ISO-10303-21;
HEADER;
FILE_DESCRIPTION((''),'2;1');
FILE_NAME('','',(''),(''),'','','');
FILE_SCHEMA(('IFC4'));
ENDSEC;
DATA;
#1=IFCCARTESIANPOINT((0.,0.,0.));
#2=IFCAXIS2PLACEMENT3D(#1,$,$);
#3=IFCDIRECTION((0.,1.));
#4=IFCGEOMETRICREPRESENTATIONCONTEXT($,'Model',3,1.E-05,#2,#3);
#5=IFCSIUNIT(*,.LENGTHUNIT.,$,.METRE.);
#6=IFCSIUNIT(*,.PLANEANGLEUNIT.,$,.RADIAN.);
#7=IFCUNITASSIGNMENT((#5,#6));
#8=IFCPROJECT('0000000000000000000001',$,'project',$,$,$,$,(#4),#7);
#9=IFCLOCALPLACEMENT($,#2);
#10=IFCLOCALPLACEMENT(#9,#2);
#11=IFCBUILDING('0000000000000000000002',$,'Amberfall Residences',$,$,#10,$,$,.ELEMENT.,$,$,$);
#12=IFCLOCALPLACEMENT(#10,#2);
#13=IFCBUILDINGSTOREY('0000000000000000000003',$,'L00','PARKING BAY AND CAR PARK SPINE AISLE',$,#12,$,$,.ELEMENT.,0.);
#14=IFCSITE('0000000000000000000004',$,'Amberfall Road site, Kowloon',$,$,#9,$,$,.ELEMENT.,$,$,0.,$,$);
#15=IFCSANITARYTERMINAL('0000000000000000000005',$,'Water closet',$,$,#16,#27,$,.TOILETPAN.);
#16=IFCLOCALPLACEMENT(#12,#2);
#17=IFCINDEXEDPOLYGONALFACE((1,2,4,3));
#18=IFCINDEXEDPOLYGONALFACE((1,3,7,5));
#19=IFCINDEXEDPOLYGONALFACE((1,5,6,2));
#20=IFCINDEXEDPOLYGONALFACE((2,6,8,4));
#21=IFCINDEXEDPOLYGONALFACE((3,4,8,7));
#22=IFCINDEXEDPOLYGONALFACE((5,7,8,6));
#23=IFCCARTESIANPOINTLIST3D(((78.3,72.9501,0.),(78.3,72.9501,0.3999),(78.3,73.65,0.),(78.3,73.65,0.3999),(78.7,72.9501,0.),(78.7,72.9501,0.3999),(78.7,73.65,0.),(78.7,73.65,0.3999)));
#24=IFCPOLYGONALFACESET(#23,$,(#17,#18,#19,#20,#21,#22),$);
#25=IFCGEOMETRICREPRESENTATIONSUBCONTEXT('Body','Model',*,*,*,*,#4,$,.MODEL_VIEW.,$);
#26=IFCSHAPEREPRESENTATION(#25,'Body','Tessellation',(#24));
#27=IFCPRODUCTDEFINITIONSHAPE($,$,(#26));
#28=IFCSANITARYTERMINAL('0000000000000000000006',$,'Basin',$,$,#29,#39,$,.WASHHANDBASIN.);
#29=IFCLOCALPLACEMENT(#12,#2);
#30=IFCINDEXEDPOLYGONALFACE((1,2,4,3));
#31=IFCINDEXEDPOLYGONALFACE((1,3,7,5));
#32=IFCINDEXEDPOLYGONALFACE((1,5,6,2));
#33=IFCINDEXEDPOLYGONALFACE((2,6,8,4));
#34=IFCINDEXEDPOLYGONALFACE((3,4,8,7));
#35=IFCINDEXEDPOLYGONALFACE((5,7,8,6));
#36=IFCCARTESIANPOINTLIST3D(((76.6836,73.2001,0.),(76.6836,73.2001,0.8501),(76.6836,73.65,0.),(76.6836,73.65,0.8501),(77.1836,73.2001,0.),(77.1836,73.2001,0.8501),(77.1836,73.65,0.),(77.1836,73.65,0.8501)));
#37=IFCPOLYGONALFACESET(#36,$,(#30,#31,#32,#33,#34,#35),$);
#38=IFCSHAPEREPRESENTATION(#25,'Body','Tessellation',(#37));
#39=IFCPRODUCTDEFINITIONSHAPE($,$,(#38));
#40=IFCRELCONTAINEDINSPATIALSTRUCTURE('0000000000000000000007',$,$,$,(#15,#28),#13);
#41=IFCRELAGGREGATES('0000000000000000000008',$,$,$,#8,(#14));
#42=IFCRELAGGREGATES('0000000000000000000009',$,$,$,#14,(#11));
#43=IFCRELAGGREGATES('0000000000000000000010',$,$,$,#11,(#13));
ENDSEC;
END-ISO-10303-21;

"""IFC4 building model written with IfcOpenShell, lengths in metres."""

from ifc_helpers import new_model, si_unit, direction, frame, origin, origin_2d, place, context, subcontext, project, spatial, rectangle, extrude, element, save


model = new_model("IFC4")

# Units and contexts
model_context = context("Model", 3, precision=1e-05, world=origin(), true_north=direction((0.0, 1.0)))
body_context = subcontext(model_context, "Body", "Model", "MODEL_VIEW")
ifc_project = project(units=[si_unit("LENGTHUNIT", "METRE"), si_unit("PLANEANGLEUNIT", "RADIAN")], contexts=[model_context])

# Site, building, storey
site_placement = place(None, origin())
site = spatial("IfcSite", under=ifc_project, at=site_placement, Name="Amberfall Road site, Kowloon", CompositionType="ELEMENT", RefElevation=0.0)
building_placement = place(site_placement, origin())
building = spatial("IfcBuilding", under=site, at=building_placement, Name="Amberfall Residences", CompositionType="ELEMENT")
storey_placement = place(building_placement, origin())
storey = spatial("IfcBuildingStorey", under=building, at=storey_placement, Name="L00", Description="PARKING BAY AND CAR PARK SPINE AISLE", CompositionType="ELEMENT", Elevation=0.0)

# Sanitary terminals
for number, where, z_axis, x_axis, name in (
    (1, (78.5, 73.3, 0.0), (0.0, 0.0, 1.0), (1.0, 0.0, 0.0), "Water closet"),
):
    element("IfcSanitaryTerminal", number, at=place(storey_placement, frame(where, z_axis=z_axis, x_axis=x_axis)), inside=storey, Name=name, PredefinedType="TOILETPAN", context=body_context, shape_type="SweptSolid", body=[
        extrude(rectangle(XDim=0.3999, YDim=0.7, at=origin_2d()), origin(), (0.0, 0.0, 1.0), 0.3999),
    ])
sanitary_terminal_placement = place(storey_placement, frame((76.9336, 73.425, 0.0), z_axis=(0.0, 0.0, 1.0), x_axis=(1.0, 0.0, 0.0)))
element("IfcSanitaryTerminal", 2, at=sanitary_terminal_placement, inside=storey, Name="Basin", PredefinedType="WASHHANDBASIN", context=body_context, shape_type="SweptSolid", body=[
    extrude(rectangle(XDim=0.5, YDim=0.45, at=origin_2d()), origin(), (0.0, 0.0, 1.0), 0.8501),
])

save(model, "model.ifc")
